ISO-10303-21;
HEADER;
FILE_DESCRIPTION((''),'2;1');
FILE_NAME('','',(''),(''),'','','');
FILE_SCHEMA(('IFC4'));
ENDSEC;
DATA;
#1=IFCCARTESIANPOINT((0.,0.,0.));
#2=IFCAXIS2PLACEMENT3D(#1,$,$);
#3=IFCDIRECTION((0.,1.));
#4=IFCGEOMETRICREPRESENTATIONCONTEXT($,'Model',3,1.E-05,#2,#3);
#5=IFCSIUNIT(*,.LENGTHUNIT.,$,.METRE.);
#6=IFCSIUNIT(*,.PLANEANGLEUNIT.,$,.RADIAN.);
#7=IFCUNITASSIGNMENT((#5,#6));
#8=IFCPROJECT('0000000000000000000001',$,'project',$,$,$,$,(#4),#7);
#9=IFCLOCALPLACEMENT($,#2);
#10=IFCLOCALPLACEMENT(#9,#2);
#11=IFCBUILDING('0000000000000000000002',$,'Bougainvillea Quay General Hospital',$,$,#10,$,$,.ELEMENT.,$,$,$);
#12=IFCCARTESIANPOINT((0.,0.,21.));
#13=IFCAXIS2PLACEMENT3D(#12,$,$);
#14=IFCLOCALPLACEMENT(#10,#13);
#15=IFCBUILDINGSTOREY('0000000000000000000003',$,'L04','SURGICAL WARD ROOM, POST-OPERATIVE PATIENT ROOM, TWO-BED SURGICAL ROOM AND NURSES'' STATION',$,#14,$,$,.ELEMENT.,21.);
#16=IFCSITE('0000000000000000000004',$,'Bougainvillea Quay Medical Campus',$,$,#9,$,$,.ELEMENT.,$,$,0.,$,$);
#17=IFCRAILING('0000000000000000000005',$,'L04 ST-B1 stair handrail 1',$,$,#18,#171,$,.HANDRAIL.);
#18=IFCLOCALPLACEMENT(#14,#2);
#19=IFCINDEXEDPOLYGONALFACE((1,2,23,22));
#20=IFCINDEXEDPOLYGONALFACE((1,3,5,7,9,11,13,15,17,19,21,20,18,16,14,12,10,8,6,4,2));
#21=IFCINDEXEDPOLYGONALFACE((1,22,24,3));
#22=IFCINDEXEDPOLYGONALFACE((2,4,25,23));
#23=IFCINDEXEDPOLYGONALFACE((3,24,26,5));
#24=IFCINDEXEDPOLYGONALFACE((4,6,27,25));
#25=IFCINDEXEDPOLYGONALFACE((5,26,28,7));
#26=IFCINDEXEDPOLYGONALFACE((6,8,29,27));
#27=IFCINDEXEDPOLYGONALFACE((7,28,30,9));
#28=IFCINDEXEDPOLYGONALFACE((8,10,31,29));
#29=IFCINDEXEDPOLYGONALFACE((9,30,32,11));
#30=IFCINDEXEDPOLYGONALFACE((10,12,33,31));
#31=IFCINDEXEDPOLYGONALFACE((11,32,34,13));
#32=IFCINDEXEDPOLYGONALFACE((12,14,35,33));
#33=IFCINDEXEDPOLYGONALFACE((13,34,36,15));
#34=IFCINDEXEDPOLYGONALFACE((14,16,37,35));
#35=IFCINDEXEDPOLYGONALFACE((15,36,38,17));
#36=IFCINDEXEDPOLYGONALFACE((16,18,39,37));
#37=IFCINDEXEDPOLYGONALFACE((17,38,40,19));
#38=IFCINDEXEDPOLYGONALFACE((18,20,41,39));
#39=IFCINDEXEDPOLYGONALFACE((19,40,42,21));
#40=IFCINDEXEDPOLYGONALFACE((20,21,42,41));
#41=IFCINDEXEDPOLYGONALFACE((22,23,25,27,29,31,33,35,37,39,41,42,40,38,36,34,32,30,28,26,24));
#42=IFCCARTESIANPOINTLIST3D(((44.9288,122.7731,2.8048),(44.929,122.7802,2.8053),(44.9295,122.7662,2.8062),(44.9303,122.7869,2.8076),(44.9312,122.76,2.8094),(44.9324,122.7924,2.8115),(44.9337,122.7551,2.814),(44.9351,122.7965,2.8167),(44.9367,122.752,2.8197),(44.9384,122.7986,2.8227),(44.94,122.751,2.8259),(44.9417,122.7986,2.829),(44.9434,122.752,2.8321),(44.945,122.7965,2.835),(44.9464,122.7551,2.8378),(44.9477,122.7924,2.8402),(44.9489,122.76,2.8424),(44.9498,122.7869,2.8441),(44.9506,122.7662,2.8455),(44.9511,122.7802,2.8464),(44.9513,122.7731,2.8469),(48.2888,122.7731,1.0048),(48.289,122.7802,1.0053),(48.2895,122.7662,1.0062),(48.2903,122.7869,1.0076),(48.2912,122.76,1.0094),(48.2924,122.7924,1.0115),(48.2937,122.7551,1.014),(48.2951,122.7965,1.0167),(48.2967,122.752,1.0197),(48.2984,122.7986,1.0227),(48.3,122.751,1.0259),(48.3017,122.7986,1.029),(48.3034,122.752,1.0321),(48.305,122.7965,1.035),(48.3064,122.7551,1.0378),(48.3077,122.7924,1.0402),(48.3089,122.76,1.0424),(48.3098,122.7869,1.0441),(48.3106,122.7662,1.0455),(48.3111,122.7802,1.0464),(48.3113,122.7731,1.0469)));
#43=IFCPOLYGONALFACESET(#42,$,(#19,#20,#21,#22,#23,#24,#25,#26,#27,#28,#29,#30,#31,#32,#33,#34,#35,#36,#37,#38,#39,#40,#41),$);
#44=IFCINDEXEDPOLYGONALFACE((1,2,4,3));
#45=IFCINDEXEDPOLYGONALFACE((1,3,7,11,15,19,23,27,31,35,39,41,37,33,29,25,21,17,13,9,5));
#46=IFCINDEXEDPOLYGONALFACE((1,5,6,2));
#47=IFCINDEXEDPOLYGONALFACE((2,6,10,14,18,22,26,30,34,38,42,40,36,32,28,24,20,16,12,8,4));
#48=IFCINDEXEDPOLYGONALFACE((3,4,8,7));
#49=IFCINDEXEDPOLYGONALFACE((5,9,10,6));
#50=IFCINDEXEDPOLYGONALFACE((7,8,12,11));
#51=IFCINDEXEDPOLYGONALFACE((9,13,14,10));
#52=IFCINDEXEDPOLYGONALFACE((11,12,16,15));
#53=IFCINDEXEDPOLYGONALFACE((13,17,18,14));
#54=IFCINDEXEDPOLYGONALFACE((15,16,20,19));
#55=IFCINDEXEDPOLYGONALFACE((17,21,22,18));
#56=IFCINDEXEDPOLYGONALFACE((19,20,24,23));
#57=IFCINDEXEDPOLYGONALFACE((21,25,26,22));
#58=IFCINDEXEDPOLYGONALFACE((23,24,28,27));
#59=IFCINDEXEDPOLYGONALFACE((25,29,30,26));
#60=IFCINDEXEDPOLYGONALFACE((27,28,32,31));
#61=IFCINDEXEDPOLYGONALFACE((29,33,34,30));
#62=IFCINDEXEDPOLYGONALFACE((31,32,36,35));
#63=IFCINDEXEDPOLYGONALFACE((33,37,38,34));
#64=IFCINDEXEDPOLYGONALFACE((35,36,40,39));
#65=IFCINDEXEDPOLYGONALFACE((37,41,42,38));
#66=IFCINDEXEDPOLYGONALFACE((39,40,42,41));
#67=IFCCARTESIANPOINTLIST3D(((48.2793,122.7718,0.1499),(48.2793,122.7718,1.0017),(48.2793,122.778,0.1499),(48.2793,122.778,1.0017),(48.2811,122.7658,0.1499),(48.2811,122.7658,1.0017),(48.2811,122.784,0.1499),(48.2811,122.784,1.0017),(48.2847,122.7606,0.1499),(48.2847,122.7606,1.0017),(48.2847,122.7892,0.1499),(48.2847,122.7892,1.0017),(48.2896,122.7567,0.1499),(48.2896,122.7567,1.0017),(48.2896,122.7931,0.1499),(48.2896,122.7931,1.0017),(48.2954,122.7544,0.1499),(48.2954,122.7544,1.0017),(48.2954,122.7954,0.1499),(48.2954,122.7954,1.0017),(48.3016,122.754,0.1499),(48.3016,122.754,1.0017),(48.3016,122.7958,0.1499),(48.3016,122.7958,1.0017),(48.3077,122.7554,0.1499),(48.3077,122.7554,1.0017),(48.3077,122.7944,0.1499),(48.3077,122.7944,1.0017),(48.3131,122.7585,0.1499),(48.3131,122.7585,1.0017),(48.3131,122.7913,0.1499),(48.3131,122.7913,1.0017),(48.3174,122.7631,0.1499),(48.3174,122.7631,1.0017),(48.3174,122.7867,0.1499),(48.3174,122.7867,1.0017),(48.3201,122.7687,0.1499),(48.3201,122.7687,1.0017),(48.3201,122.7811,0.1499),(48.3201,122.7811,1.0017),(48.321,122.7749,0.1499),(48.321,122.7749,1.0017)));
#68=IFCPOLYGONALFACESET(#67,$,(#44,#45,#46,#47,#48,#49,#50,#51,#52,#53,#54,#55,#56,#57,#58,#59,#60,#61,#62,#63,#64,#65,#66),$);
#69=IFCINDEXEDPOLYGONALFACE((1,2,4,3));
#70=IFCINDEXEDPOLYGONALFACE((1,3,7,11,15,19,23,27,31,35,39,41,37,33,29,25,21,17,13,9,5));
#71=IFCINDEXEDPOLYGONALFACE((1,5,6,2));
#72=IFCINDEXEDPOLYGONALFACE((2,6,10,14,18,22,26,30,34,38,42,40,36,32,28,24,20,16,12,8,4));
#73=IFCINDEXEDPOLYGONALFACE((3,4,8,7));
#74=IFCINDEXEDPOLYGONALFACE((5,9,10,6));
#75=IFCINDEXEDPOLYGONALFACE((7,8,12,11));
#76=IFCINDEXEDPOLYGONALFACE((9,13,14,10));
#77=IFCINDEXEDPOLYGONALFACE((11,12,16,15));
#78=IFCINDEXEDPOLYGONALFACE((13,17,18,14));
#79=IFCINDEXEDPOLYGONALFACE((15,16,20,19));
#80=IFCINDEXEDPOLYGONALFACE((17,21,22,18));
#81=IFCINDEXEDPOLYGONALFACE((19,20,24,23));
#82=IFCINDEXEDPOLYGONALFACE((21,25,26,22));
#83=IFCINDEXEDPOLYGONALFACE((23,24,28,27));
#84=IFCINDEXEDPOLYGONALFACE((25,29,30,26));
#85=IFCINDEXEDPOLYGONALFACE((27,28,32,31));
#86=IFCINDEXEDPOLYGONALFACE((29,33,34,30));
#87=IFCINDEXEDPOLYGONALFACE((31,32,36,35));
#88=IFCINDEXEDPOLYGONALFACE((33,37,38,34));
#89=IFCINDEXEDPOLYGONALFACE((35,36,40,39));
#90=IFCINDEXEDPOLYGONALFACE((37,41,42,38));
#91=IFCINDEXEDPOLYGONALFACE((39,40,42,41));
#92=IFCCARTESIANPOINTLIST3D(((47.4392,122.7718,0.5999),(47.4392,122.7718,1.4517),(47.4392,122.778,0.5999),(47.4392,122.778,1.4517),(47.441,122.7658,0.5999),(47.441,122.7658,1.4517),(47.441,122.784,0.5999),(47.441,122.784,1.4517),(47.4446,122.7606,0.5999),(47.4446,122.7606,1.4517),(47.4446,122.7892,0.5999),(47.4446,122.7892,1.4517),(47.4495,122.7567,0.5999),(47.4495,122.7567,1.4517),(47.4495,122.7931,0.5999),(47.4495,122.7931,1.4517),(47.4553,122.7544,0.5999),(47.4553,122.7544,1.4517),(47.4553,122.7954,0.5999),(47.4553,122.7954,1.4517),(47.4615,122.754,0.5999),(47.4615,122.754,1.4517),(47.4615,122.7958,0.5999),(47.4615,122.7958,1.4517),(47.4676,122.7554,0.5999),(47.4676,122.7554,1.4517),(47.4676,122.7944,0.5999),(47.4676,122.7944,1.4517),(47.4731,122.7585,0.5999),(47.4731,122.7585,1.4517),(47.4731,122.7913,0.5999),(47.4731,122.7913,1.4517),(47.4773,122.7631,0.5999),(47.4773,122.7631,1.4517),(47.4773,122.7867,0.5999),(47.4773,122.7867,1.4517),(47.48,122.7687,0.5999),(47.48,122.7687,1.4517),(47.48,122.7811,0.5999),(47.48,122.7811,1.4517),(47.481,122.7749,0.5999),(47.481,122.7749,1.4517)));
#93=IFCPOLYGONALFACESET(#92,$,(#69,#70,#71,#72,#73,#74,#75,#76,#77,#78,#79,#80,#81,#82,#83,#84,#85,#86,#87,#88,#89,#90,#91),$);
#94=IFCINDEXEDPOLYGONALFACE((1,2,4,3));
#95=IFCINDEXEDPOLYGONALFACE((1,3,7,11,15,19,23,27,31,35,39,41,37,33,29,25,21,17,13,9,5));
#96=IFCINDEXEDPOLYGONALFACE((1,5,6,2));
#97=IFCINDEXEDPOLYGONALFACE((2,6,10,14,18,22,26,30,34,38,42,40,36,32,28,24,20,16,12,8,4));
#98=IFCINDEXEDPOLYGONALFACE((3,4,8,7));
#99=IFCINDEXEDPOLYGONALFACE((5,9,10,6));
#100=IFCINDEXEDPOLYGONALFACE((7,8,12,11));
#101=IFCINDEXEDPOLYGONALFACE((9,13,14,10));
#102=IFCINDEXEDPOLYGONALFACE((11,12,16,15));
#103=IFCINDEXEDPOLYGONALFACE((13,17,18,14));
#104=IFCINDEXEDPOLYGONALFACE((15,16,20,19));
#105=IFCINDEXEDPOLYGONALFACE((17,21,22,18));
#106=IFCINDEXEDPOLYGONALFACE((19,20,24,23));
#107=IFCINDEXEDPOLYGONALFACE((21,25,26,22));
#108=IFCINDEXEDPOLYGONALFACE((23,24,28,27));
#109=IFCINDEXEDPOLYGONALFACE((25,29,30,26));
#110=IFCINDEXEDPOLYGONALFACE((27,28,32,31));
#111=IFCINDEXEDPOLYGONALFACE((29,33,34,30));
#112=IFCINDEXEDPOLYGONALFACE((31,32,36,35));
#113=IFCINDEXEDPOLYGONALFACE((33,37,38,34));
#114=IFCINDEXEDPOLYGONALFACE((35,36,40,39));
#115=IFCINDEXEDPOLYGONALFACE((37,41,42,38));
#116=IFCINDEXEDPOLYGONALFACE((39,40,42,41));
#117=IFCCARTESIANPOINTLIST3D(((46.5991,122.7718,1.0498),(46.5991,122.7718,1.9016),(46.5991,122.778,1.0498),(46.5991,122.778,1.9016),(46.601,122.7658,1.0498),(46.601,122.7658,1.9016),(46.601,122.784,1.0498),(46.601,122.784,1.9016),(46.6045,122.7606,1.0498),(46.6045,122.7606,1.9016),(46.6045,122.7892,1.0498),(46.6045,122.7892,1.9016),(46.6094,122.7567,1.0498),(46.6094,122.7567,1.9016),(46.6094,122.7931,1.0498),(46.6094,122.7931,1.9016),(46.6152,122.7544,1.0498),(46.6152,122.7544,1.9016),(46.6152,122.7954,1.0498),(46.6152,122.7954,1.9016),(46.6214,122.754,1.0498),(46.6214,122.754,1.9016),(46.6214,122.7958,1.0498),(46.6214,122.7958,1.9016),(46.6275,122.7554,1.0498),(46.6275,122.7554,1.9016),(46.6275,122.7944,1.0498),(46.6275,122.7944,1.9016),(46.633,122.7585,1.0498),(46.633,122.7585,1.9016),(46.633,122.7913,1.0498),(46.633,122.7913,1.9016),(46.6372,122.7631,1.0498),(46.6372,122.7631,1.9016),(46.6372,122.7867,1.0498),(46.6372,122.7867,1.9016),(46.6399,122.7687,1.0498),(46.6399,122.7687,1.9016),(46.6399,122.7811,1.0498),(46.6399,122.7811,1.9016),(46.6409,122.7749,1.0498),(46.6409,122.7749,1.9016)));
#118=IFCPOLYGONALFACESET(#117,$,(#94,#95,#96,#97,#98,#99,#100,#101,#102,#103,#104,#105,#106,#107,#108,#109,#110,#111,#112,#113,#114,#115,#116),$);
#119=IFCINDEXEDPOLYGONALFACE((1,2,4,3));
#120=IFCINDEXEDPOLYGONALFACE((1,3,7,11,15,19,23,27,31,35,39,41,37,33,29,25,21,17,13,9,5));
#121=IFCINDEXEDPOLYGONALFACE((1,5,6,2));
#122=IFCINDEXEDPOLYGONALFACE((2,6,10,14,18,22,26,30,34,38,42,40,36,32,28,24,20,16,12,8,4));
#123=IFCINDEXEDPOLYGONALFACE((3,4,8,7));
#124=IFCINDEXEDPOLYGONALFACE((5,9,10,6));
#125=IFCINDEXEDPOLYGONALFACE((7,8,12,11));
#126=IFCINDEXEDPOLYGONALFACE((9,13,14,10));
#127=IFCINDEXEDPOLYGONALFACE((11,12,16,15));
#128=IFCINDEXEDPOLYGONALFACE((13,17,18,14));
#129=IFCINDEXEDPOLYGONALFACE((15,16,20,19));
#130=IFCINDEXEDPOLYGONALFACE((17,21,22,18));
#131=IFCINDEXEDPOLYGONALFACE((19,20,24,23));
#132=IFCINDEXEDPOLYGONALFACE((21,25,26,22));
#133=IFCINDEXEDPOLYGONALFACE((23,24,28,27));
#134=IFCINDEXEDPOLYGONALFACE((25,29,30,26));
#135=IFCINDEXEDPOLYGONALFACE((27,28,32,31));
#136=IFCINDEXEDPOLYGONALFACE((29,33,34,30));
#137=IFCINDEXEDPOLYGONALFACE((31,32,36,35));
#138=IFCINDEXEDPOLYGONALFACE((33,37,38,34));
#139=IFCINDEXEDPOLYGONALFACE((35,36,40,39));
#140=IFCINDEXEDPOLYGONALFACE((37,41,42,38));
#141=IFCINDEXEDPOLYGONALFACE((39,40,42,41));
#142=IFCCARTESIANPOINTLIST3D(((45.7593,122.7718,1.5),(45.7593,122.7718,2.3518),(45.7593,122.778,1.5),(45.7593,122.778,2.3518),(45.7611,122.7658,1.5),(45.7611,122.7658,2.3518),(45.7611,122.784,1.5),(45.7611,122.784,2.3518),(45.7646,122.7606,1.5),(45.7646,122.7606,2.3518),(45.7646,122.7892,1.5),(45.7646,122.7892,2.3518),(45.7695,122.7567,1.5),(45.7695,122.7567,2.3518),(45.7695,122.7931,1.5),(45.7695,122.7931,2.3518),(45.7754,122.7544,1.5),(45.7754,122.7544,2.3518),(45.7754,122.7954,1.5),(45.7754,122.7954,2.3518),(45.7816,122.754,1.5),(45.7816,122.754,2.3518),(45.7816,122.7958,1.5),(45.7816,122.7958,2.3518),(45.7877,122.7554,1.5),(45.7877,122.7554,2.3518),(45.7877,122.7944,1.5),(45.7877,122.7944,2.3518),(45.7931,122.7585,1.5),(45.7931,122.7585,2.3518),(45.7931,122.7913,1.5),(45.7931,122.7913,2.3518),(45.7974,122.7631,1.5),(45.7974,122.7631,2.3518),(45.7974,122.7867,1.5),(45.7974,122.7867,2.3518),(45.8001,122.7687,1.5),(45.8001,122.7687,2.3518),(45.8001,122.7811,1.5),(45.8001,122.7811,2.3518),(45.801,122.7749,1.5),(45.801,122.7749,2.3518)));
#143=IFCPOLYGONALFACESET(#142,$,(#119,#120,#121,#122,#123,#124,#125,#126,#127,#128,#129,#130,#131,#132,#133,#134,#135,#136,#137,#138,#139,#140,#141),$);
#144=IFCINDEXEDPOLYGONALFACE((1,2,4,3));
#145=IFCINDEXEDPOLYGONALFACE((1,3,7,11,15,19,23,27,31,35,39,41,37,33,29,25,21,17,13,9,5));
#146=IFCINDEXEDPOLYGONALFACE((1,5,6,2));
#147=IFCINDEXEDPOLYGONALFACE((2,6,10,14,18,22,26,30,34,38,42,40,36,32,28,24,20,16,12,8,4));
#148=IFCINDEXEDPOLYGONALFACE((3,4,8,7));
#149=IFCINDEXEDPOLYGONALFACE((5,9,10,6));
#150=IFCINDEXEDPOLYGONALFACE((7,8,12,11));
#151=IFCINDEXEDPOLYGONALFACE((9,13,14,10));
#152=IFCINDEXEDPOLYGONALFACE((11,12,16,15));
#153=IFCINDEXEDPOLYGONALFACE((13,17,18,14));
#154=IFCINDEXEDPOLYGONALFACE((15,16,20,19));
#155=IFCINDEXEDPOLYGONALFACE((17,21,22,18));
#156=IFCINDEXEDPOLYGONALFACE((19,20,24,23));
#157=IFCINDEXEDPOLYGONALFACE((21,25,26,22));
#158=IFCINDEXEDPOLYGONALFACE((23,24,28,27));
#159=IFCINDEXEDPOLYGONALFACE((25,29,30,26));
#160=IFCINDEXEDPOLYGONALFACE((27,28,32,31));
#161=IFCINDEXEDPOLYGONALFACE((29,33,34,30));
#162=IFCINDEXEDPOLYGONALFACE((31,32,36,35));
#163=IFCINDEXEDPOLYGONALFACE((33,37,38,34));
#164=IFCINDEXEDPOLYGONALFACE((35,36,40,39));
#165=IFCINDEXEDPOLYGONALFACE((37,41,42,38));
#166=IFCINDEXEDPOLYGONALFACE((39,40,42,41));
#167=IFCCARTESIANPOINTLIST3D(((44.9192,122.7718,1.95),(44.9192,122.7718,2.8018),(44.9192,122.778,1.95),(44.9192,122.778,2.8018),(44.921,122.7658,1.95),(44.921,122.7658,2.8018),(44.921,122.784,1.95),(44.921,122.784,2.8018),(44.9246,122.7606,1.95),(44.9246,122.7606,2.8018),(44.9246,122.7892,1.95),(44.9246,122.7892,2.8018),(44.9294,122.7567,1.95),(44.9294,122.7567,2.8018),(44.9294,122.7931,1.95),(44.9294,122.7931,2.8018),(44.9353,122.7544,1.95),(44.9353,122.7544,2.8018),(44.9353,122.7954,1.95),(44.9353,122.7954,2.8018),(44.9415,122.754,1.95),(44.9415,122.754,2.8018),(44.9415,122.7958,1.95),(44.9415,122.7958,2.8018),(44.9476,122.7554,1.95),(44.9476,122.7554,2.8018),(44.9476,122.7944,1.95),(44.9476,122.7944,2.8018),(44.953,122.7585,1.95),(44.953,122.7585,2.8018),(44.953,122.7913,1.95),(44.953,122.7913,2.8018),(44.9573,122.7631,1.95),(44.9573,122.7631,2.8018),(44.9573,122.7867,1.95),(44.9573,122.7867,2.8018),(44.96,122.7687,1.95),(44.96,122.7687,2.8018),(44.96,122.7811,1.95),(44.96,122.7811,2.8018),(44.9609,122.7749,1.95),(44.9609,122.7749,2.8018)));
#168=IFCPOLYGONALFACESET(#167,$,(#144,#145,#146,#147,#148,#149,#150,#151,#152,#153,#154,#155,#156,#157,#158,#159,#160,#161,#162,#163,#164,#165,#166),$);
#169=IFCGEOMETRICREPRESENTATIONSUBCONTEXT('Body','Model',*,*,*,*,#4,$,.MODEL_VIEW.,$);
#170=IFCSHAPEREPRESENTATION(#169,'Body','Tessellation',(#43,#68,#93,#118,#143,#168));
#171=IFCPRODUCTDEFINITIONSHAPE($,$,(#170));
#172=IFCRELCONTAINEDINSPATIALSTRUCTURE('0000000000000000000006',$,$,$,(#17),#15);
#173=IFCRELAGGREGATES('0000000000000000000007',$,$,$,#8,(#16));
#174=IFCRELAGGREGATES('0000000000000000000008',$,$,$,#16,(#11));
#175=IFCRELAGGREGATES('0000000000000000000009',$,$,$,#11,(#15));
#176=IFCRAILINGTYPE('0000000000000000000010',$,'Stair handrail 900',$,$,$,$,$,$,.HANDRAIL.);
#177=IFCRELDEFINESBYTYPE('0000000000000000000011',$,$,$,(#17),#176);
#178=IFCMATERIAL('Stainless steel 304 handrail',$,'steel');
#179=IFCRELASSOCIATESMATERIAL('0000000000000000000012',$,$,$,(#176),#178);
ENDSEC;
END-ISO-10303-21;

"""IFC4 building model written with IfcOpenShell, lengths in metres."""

from ifc_helpers import new_model, si_unit, direction, frame, origin, origin_2d, place, context, subcontext, project, spatial, circle, extrude, material, type_object, element, save


model = new_model("IFC4")

# Units and contexts
model_context = context("Model", 3, precision=1e-05, world=origin(), true_north=direction((0.0, 1.0)))
body_context = subcontext(model_context, "Body", "Model", "MODEL_VIEW")
ifc_project = project(units=[si_unit("LENGTHUNIT", "METRE"), si_unit("PLANEANGLEUNIT", "RADIAN")], contexts=[model_context])

# Site, building, storey
site_placement = place(None, origin())
site = spatial("IfcSite", under=ifc_project, at=site_placement, Name="Bougainvillea Quay Medical Campus", CompositionType="ELEMENT", RefElevation=0.0)
building_placement = place(site_placement, origin())
building = spatial("IfcBuilding", under=site, at=building_placement, Name="Bougainvillea Quay General Hospital", CompositionType="ELEMENT")
storey_placement = place(building_placement, frame((0.0, 0.0, 21.0)))
storey = spatial("IfcBuildingStorey", under=building, at=storey_placement, Name="L04", Description="SURGICAL WARD ROOM, POST-OPERATIVE PATIENT ROOM, TWO-BED SURGICAL ROOM AND NURSES' STATION", CompositionType="ELEMENT", Elevation=21.0)

# Railing
ifc_material_1 = material(Name="Stainless steel 304 handrail", Category="steel")
railing_type_1 = type_object("IfcRailingType", Name="Stair handrail 900", PredefinedType="HANDRAIL", material=ifc_material_1)
railing_1_placement = place(storey_placement, frame((48.3, 122.7749, 0.1499)))
element("IfcRailing", 1, at=railing_1_placement, inside=storey, type_object=railing_type_1, Name="L04 ST-B1 stair handrail 1", PredefinedType="HANDRAIL", context=body_context, shape_type="SweptSolid", body=[
    extrude(circle(Radius=0.0239, at=origin_2d()), frame((0.0, 0.0, 0.876), z_axis=(-0.881481, 0.0, 0.47222), x_axis=(0.0, -1.0, 0.0)), (0.0, 0.0, 1.0), 3.8118),
    extrude(circle(Radius=0.021, at=origin_2d()), origin(), (0.0, 0.0, 1.0), 0.8518),
    extrude(circle(Radius=0.021, at=origin_2d()), frame((-0.8401, 0.0, 0.45)), (0.0, 0.0, 1.0), 0.8518),
    extrude(circle(Radius=0.021, at=origin_2d()), frame((-1.6802, 0.0, 0.8999)), (0.0, 0.0, 1.0), 0.8518),
    extrude(circle(Radius=0.021, at=origin_2d()), frame((-2.52, 0.0, 1.3501)), (0.0, 0.0, 1.0), 0.8518),
    extrude(circle(Radius=0.021, at=origin_2d()), frame((-3.3601, 0.0, 1.8)), (0.0, 0.0, 1.0), 0.8518),
])

save(model, "model.ifc")
